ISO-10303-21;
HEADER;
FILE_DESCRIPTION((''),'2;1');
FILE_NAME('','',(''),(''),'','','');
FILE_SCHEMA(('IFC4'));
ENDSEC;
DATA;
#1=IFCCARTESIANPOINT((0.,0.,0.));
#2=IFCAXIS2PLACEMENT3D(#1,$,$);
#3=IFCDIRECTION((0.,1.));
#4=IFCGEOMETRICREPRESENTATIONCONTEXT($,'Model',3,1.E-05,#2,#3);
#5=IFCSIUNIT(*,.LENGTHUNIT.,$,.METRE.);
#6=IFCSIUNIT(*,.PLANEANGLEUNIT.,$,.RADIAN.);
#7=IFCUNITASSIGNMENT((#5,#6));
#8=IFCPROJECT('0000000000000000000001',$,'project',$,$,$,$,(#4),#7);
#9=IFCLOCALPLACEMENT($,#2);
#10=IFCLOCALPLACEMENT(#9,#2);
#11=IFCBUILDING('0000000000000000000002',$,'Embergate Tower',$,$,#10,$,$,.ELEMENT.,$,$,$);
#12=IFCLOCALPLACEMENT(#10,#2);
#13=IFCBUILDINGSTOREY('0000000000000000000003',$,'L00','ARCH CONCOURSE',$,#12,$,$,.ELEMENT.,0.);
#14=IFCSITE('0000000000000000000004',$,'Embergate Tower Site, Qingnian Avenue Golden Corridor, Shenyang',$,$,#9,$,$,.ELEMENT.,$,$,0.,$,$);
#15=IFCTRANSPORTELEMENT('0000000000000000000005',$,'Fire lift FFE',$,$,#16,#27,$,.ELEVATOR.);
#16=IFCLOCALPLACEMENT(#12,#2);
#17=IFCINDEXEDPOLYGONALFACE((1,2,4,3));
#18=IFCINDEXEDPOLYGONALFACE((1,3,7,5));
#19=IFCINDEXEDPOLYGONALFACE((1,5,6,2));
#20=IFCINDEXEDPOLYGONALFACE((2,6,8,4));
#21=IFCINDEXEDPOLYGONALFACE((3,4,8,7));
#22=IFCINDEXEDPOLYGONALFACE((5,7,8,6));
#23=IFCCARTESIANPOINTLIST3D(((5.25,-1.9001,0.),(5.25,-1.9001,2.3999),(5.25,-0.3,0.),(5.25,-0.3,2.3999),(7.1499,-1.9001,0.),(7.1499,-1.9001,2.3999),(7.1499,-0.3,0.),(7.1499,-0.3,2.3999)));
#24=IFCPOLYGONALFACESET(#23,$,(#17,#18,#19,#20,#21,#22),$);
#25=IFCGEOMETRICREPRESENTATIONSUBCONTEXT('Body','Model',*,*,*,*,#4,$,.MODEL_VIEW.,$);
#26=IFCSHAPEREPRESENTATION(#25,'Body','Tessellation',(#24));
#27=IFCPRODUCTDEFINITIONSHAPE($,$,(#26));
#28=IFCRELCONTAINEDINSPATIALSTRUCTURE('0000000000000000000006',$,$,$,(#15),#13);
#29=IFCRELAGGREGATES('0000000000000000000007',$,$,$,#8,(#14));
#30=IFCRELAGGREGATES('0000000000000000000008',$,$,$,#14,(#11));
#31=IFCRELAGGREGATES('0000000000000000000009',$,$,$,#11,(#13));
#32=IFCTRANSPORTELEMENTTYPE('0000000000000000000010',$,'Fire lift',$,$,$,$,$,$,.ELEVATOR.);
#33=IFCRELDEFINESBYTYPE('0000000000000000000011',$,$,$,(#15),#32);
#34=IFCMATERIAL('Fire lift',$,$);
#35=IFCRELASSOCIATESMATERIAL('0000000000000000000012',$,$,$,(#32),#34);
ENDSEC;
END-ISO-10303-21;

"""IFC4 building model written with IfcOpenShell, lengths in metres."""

from ifc_helpers import new_model, si_unit, direction, frame, origin, origin_2d, place, context, subcontext, project, spatial, rectangle, extrude, source, transform, mapped, material, type_object, element, save


model = new_model("IFC4")

# Units and contexts
model_context = context("Model", 3, precision=1e-05, world=origin(), true_north=direction((0.0, 1.0)))
body_context = subcontext(model_context, "Body", "Model", "MODEL_VIEW")
ifc_project = project(units=[si_unit("LENGTHUNIT", "METRE"), si_unit("PLANEANGLEUNIT", "RADIAN")], contexts=[model_context])

# Site, building, storey
site_placement = place(None, origin())
site = spatial("IfcSite", under=ifc_project, at=site_placement, Name="Embergate Tower Site, Qingnian Avenue Golden Corridor, Shenyang", CompositionType="ELEMENT", RefElevation=0.0)
building_placement = place(site_placement, origin())
building = spatial("IfcBuilding", under=site, at=building_placement, Name="Embergate Tower", CompositionType="ELEMENT")
storey_placement = place(building_placement, origin())
storey = spatial("IfcBuildingStorey", under=building, at=storey_placement, Name="L00", Description="ARCH CONCOURSE", CompositionType="ELEMENT", Elevation=0.0)

# Transport element
ifc_material_1 = material(Name="Fire lift")
transport_element_type = type_object("IfcTransportElementType", Name="Fire lift", PredefinedType="ELEVATOR", material=ifc_material_1)
shared_shape_1 = source(origin(), body_context, "Body", "SweptSolid", [
    extrude(rectangle(XDim=1.8999, YDim=1.6001, at=origin_2d()), origin(), (0.0, 0.0, 1.0), 2.3999),
])
transport_element_placement = place(storey_placement, frame((6.2, -1.1001, 0.0), z_axis=(0.0, 0.0, 1.0), x_axis=(1.0, 0.0, 0.0)))
element("IfcTransportElement", 1, at=transport_element_placement, inside=storey, type_object=transport_element_type, Name="Fire lift FFE", PredefinedType="ELEVATOR", context=body_context, shape_type="MappedRepresentation", body=[
    mapped(shared_shape_1, transform((0.0, 0.0, 0.0))),
])

save(model, "model.ifc")
